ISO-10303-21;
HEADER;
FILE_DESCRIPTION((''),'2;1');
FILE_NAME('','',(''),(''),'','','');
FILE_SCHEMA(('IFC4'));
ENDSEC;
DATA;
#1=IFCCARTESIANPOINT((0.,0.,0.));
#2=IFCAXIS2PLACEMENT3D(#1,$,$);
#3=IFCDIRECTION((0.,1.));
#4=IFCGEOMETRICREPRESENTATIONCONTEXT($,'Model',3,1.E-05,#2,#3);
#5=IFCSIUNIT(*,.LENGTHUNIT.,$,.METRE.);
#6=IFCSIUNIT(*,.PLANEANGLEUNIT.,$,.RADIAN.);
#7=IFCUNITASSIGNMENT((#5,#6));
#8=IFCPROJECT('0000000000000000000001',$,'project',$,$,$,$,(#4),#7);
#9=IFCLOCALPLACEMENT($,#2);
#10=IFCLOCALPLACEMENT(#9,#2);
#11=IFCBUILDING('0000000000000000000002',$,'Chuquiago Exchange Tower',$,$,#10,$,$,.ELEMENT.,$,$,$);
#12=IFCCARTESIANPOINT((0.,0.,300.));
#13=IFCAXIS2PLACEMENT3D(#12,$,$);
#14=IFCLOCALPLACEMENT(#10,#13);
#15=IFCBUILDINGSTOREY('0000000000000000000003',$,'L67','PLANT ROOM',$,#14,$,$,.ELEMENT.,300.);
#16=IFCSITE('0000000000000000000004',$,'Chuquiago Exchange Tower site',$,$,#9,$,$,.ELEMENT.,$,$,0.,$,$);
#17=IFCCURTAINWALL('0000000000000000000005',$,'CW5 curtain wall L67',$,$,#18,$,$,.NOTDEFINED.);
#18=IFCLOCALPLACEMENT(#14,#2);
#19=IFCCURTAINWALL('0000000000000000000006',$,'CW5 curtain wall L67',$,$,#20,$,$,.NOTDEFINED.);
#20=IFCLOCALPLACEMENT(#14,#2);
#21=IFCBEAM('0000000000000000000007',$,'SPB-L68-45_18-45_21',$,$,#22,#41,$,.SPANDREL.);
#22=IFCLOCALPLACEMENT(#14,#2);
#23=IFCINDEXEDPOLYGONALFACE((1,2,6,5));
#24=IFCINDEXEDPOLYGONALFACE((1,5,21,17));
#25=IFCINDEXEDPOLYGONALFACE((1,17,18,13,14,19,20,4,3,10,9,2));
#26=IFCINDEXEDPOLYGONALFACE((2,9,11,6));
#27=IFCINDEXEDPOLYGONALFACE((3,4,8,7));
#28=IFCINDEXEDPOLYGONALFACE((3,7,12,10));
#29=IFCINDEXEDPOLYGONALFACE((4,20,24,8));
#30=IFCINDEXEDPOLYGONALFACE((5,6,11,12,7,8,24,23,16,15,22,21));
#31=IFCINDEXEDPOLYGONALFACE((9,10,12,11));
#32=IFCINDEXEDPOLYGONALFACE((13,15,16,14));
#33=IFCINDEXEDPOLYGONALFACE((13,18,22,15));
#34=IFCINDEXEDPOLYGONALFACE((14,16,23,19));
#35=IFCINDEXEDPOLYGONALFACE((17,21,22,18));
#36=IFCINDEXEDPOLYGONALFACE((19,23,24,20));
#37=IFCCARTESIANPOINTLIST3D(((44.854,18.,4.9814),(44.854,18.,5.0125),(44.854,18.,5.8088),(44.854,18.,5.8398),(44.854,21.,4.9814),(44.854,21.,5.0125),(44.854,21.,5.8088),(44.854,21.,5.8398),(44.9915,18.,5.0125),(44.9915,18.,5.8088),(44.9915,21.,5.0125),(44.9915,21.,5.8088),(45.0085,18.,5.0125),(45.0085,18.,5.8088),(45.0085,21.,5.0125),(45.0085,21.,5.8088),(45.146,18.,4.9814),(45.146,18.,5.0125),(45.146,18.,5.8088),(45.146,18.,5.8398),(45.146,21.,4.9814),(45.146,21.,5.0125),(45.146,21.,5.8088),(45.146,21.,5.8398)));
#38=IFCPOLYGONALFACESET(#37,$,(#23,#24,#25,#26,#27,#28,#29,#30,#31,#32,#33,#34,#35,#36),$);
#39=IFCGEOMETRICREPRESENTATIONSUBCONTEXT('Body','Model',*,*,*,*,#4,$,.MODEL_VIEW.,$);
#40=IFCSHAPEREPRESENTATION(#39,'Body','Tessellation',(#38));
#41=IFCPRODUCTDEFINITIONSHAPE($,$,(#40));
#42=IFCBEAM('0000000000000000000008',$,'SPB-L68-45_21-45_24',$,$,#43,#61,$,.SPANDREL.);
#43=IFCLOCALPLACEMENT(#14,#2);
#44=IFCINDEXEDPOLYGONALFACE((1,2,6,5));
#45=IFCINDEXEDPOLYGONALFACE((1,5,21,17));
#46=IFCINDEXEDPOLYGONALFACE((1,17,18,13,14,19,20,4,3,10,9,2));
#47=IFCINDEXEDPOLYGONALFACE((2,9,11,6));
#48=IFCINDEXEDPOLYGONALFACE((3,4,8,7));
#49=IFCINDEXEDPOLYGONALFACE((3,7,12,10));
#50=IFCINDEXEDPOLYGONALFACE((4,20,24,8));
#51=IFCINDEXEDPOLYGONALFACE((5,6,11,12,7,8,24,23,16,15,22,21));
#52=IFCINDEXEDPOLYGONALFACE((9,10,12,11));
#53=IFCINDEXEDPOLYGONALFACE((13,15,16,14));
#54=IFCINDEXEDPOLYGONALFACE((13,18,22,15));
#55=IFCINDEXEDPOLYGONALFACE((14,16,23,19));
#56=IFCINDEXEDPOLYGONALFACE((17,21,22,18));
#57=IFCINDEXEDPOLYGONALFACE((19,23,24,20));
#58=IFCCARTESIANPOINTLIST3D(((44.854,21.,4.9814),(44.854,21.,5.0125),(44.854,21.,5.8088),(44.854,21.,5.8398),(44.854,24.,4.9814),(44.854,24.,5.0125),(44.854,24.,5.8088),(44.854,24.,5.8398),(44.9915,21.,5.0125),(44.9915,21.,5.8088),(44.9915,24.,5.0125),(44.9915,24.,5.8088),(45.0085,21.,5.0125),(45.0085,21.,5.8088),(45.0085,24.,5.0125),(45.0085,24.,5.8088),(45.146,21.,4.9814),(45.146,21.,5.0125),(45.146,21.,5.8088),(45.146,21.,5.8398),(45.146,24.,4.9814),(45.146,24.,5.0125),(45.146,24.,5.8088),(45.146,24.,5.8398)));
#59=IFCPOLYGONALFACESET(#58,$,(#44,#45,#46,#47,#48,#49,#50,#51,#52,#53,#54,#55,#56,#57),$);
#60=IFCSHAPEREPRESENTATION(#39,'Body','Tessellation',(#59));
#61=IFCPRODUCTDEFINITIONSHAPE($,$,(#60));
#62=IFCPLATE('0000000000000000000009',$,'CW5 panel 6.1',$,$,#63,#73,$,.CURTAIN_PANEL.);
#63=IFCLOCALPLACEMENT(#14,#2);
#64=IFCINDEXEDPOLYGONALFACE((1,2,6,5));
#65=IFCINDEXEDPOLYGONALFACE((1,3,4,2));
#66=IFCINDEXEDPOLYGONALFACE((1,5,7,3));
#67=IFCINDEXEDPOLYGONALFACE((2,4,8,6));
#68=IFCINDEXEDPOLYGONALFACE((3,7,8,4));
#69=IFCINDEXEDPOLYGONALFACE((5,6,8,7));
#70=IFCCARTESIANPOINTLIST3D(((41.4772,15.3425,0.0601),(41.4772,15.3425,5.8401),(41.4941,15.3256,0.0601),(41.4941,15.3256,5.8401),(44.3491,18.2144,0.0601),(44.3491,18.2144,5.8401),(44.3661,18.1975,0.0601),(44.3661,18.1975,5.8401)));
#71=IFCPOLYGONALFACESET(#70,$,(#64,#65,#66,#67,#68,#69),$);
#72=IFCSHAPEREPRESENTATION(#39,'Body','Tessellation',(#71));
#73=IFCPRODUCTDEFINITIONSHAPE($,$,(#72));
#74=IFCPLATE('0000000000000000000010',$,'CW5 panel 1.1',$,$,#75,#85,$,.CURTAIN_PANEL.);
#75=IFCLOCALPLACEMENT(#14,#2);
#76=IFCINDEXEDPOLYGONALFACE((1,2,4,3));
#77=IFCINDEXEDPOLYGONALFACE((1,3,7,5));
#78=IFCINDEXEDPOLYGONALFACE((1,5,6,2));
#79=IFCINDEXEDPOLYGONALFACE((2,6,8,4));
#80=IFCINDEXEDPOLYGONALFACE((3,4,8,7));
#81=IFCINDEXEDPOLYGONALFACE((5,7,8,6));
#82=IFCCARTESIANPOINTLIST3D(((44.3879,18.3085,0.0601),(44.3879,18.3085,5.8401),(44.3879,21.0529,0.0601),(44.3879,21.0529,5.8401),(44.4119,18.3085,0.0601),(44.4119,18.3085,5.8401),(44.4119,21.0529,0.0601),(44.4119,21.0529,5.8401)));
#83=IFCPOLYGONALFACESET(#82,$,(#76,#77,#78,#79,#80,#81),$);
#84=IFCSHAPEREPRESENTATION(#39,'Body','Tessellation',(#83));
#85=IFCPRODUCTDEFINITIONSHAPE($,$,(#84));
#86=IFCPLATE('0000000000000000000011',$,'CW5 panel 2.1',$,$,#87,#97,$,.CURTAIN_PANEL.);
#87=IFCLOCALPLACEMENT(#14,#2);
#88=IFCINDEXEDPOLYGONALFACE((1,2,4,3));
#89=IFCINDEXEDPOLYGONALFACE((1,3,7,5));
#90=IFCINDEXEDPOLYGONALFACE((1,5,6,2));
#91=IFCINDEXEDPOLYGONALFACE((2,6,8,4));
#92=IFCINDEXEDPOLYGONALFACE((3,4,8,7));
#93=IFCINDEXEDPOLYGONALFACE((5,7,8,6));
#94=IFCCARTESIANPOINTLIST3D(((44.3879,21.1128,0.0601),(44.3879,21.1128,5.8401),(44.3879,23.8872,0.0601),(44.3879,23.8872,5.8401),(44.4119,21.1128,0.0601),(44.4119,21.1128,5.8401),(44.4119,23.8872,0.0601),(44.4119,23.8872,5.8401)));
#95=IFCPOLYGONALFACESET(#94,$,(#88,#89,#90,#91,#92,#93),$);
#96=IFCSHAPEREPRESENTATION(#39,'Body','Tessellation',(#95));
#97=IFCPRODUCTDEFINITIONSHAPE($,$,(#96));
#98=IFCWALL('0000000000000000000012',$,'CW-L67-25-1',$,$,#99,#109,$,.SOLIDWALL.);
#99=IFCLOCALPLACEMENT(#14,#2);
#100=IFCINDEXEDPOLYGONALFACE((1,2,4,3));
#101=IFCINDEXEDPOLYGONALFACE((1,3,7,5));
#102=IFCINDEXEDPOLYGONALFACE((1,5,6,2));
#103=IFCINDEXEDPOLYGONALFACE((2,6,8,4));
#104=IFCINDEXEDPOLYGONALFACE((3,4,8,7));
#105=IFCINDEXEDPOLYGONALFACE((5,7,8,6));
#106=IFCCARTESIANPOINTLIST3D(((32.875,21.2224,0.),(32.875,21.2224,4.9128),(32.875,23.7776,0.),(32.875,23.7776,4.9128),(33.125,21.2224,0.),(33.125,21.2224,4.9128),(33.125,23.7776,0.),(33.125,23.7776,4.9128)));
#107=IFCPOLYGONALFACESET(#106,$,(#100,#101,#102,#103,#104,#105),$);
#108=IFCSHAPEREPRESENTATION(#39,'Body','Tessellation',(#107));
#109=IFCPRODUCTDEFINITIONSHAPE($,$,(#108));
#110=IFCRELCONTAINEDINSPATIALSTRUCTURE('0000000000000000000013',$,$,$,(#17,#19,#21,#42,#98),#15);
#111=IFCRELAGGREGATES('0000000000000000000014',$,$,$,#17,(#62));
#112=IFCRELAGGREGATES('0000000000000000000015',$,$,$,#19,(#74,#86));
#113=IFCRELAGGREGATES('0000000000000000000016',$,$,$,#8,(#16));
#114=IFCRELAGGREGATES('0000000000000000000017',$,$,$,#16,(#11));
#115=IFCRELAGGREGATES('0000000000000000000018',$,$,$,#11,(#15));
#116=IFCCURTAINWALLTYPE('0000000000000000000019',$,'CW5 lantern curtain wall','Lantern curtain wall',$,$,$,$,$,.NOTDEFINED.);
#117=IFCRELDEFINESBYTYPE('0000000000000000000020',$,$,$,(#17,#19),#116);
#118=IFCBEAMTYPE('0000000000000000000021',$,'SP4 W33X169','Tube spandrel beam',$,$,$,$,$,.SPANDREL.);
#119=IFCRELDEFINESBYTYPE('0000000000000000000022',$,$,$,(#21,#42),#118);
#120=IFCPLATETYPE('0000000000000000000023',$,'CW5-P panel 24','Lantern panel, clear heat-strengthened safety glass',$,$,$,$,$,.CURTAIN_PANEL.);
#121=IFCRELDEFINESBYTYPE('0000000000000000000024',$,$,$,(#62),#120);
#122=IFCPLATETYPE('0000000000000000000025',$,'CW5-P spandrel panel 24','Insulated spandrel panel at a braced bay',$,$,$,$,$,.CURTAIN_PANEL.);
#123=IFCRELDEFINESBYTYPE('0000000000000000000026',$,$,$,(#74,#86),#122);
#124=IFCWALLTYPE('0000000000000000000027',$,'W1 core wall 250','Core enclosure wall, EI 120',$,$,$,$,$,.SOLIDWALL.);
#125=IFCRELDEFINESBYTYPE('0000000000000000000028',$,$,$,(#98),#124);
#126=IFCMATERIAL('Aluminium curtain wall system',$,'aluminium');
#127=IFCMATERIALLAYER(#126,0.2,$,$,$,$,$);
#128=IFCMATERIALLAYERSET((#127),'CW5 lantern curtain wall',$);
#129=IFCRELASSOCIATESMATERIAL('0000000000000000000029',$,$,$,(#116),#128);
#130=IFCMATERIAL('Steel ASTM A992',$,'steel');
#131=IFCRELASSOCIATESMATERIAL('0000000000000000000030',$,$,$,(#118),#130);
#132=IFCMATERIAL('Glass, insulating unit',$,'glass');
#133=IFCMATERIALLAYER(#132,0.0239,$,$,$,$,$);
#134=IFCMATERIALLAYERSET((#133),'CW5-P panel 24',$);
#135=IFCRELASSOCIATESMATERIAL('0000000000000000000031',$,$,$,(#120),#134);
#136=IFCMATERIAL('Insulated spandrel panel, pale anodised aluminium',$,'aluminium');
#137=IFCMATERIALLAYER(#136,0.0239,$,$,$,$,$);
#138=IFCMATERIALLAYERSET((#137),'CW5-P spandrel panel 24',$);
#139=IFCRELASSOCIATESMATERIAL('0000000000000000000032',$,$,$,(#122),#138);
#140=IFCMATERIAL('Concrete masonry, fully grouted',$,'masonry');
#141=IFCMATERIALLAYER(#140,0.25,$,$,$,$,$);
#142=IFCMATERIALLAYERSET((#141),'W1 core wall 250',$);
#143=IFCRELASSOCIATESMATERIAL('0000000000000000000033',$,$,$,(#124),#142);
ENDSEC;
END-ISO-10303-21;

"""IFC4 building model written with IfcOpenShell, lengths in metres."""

from ifc_helpers import new_model, si_unit, direction, frame, frame_2d, origin, origin_2d, place, context, subcontext, project, spatial, rectangle, i_section, extrude, material, layer, layer_set, material_profile, profile_set, type_object, element, aggregate, save


model = new_model("IFC4")

# Units and contexts
model_context = context("Model", 3, precision=1e-05, world=origin(), true_north=direction((0.0, 1.0)))
body_context = subcontext(model_context, "Body", "Model", "MODEL_VIEW")
ifc_project = project(units=[si_unit("LENGTHUNIT", "METRE"), si_unit("PLANEANGLEUNIT", "RADIAN")], contexts=[model_context])

# Site, building, storey
site_placement = place(None, origin())
site = spatial("IfcSite", under=ifc_project, at=site_placement, Name="Chuquiago Exchange Tower site", CompositionType="ELEMENT", RefElevation=0.0)
building_placement = place(site_placement, origin())
building = spatial("IfcBuilding", under=site, at=building_placement, Name="Chuquiago Exchange Tower", CompositionType="ELEMENT")
storey_placement = place(building_placement, frame((0.0, 0.0, 300.0)))
storey = spatial("IfcBuildingStorey", under=building, at=storey_placement, Name="L67", Description="PLANT ROOM", CompositionType="ELEMENT", Elevation=300.0)

# Curtain walls
ifc_material_1 = material(Name="Aluminium curtain wall system", Category="aluminium")
ifc_layer_1 = layer(ifc_material_1, 0.2)
ifc_layer_set_1 = layer_set([ifc_layer_1], Name="CW5 lantern curtain wall")
curtain_wall_type = type_object("IfcCurtainWallType", Name="CW5 lantern curtain wall", Description="Lantern curtain wall", PredefinedType="NOTDEFINED", material=ifc_layer_set_1)
curtain_wall_1_placement = place(storey_placement, origin())
curtain_wall_1 = element("IfcCurtainWall", 1, at=curtain_wall_1_placement, inside=storey, type_object=curtain_wall_type, Name="CW5 curtain wall L67", PredefinedType="NOTDEFINED")
curtain_wall_2_placement = place(storey_placement, origin())
curtain_wall_2 = element("IfcCurtainWall", 2, at=curtain_wall_2_placement, inside=storey, type_object=curtain_wall_type, Name="CW5 curtain wall L67", PredefinedType="NOTDEFINED")

# Beams
ifc_material_2 = material(Name="Steel ASTM A992", Category="steel")
ifc_material_profile_1 = material_profile(ifc_material_2, i_section(OverallWidth=0.292, OverallDepth=0.8584, WebThickness=0.0171, FlangeThickness=0.031, at=origin_2d()), Name="W33X169")
ifc_profile_set_1 = profile_set([ifc_material_profile_1], Name="Steel ASTM A992")
beam_type_1 = type_object("IfcBeamType", Name="SP4 W33X169", Description="Tube spandrel beam", PredefinedType="SPANDREL", material=ifc_profile_set_1)
for number, where, z_axis, x_axis, name in (
    (3, (45.0, 18.0, 5.4106), (0.0, 1.0, 0.0), (-1.0, 0.0, 0.0), "SPB-L68-45_18-45_21"),
    (4, (45.0, 21.0, 5.4106), (0.0, 1.0, 0.0), (-1.0, 0.0, 0.0), "SPB-L68-45_21-45_24"),
):
    element("IfcBeam", number, at=place(storey_placement, frame(where, z_axis=z_axis, x_axis=x_axis)), inside=storey, type_object=beam_type_1, Name=name, PredefinedType="SPANDREL", context=body_context, shape_type="SweptSolid", body=[
        extrude(i_section(OverallWidth=0.292, OverallDepth=0.8584, WebThickness=0.0171, FlangeThickness=0.031, at=origin_2d()), origin(), (0.0, 0.0, 1.0), 3.0),
    ])

# Plates
ifc_material_3 = material(Name="Glass, insulating unit", Category="glass")
ifc_layer_2 = layer(ifc_material_3, 0.0239)
ifc_layer_set_2 = layer_set([ifc_layer_2], Name="CW5-P panel 24")
plate_type_1 = type_object("IfcPlateType", Name="CW5-P panel 24", Description="Lantern panel, clear heat-strengthened safety glass", PredefinedType="CURTAIN_PANEL", material=ifc_layer_set_2)
plate_1_placement = place(storey_placement, frame((42.9216, 16.77, 0.0601), z_axis=(0.0, 0.0, 1.0), x_axis=(0.707109, 0.707105, 0.0)))
plate_1 = element("IfcPlate", 5, at=plate_1_placement, type_object=plate_type_1, Name="CW5 panel 6.1", PredefinedType="CURTAIN_PANEL", context=body_context, shape_type="SweptSolid", body=[
    extrude(rectangle(XDim=4.0615, YDim=0.0239, at=origin_2d()), origin(), (0.0, 0.0, 1.0), 5.78),
])
aggregate(curtain_wall_1, [plate_1])
ifc_material_4 = material(Name="Insulated spandrel panel, pale anodised aluminium", Category="aluminium")
ifc_layer_3 = layer(ifc_material_4, 0.0239)
ifc_layer_set_3 = layer_set([ifc_layer_3], Name="CW5-P spandrel panel 24")
plate_type_2 = type_object("IfcPlateType", Name="CW5-P spandrel panel 24", Description="Insulated spandrel panel at a braced bay", PredefinedType="CURTAIN_PANEL", material=ifc_layer_set_3)
plate_2_placement = place(storey_placement, frame((44.3999, 19.6807, 0.0601), z_axis=(0.0, 0.0, 1.0), x_axis=(0.0, 1.0, 0.0)))
plate_2 = element("IfcPlate", 6, at=plate_2_placement, type_object=plate_type_2, Name="CW5 panel 1.1", PredefinedType="CURTAIN_PANEL", context=body_context, shape_type="SweptSolid", body=[
    extrude(rectangle(XDim=2.7444, YDim=0.0239, at=origin_2d()), origin(), (0.0, 0.0, 1.0), 5.78),
])
plate_3_placement = place(storey_placement, frame((44.3999, 22.5, 0.0601), z_axis=(0.0, 0.0, 1.0), x_axis=(0.0, 1.0, 0.0)))
plate_3 = element("IfcPlate", 7, at=plate_3_placement, type_object=plate_type_2, Name="CW5 panel 2.1", PredefinedType="CURTAIN_PANEL", context=body_context, shape_type="SweptSolid", body=[
    extrude(rectangle(XDim=2.7744, YDim=0.0239, at=origin_2d()), origin(), (0.0, 0.0, 1.0), 5.78),
])
aggregate(curtain_wall_2, [plate_2, plate_3])

# Wall
ifc_material_5 = material(Name="Concrete masonry, fully grouted", Category="masonry")
ifc_layer_4 = layer(ifc_material_5, 0.25)
ifc_layer_set_4 = layer_set([ifc_layer_4], Name="W1 core wall 250")
wall_type = type_object("IfcWallType", Name="W1 core wall 250", Description="Core enclosure wall, EI 120", PredefinedType="SOLIDWALL", material=ifc_layer_set_4)
wall_placement = place(storey_placement, frame((33.0, 21.2224, 0.0), z_axis=(0.0, 0.0, 1.0), x_axis=(0.0, 1.0, 0.0)))
element("IfcWall", 8, at=wall_placement, inside=storey, type_object=wall_type, Name="CW-L67-25-1", PredefinedType="SOLIDWALL", context=body_context, shape_type="SweptSolid", body=[
    extrude(rectangle(XDim=2.5552, YDim=0.25, at=frame_2d((1.2776, 0.0))), origin(), (0.0, 0.0, 1.0), 4.9128),
])

save(model, "model.ifc")
